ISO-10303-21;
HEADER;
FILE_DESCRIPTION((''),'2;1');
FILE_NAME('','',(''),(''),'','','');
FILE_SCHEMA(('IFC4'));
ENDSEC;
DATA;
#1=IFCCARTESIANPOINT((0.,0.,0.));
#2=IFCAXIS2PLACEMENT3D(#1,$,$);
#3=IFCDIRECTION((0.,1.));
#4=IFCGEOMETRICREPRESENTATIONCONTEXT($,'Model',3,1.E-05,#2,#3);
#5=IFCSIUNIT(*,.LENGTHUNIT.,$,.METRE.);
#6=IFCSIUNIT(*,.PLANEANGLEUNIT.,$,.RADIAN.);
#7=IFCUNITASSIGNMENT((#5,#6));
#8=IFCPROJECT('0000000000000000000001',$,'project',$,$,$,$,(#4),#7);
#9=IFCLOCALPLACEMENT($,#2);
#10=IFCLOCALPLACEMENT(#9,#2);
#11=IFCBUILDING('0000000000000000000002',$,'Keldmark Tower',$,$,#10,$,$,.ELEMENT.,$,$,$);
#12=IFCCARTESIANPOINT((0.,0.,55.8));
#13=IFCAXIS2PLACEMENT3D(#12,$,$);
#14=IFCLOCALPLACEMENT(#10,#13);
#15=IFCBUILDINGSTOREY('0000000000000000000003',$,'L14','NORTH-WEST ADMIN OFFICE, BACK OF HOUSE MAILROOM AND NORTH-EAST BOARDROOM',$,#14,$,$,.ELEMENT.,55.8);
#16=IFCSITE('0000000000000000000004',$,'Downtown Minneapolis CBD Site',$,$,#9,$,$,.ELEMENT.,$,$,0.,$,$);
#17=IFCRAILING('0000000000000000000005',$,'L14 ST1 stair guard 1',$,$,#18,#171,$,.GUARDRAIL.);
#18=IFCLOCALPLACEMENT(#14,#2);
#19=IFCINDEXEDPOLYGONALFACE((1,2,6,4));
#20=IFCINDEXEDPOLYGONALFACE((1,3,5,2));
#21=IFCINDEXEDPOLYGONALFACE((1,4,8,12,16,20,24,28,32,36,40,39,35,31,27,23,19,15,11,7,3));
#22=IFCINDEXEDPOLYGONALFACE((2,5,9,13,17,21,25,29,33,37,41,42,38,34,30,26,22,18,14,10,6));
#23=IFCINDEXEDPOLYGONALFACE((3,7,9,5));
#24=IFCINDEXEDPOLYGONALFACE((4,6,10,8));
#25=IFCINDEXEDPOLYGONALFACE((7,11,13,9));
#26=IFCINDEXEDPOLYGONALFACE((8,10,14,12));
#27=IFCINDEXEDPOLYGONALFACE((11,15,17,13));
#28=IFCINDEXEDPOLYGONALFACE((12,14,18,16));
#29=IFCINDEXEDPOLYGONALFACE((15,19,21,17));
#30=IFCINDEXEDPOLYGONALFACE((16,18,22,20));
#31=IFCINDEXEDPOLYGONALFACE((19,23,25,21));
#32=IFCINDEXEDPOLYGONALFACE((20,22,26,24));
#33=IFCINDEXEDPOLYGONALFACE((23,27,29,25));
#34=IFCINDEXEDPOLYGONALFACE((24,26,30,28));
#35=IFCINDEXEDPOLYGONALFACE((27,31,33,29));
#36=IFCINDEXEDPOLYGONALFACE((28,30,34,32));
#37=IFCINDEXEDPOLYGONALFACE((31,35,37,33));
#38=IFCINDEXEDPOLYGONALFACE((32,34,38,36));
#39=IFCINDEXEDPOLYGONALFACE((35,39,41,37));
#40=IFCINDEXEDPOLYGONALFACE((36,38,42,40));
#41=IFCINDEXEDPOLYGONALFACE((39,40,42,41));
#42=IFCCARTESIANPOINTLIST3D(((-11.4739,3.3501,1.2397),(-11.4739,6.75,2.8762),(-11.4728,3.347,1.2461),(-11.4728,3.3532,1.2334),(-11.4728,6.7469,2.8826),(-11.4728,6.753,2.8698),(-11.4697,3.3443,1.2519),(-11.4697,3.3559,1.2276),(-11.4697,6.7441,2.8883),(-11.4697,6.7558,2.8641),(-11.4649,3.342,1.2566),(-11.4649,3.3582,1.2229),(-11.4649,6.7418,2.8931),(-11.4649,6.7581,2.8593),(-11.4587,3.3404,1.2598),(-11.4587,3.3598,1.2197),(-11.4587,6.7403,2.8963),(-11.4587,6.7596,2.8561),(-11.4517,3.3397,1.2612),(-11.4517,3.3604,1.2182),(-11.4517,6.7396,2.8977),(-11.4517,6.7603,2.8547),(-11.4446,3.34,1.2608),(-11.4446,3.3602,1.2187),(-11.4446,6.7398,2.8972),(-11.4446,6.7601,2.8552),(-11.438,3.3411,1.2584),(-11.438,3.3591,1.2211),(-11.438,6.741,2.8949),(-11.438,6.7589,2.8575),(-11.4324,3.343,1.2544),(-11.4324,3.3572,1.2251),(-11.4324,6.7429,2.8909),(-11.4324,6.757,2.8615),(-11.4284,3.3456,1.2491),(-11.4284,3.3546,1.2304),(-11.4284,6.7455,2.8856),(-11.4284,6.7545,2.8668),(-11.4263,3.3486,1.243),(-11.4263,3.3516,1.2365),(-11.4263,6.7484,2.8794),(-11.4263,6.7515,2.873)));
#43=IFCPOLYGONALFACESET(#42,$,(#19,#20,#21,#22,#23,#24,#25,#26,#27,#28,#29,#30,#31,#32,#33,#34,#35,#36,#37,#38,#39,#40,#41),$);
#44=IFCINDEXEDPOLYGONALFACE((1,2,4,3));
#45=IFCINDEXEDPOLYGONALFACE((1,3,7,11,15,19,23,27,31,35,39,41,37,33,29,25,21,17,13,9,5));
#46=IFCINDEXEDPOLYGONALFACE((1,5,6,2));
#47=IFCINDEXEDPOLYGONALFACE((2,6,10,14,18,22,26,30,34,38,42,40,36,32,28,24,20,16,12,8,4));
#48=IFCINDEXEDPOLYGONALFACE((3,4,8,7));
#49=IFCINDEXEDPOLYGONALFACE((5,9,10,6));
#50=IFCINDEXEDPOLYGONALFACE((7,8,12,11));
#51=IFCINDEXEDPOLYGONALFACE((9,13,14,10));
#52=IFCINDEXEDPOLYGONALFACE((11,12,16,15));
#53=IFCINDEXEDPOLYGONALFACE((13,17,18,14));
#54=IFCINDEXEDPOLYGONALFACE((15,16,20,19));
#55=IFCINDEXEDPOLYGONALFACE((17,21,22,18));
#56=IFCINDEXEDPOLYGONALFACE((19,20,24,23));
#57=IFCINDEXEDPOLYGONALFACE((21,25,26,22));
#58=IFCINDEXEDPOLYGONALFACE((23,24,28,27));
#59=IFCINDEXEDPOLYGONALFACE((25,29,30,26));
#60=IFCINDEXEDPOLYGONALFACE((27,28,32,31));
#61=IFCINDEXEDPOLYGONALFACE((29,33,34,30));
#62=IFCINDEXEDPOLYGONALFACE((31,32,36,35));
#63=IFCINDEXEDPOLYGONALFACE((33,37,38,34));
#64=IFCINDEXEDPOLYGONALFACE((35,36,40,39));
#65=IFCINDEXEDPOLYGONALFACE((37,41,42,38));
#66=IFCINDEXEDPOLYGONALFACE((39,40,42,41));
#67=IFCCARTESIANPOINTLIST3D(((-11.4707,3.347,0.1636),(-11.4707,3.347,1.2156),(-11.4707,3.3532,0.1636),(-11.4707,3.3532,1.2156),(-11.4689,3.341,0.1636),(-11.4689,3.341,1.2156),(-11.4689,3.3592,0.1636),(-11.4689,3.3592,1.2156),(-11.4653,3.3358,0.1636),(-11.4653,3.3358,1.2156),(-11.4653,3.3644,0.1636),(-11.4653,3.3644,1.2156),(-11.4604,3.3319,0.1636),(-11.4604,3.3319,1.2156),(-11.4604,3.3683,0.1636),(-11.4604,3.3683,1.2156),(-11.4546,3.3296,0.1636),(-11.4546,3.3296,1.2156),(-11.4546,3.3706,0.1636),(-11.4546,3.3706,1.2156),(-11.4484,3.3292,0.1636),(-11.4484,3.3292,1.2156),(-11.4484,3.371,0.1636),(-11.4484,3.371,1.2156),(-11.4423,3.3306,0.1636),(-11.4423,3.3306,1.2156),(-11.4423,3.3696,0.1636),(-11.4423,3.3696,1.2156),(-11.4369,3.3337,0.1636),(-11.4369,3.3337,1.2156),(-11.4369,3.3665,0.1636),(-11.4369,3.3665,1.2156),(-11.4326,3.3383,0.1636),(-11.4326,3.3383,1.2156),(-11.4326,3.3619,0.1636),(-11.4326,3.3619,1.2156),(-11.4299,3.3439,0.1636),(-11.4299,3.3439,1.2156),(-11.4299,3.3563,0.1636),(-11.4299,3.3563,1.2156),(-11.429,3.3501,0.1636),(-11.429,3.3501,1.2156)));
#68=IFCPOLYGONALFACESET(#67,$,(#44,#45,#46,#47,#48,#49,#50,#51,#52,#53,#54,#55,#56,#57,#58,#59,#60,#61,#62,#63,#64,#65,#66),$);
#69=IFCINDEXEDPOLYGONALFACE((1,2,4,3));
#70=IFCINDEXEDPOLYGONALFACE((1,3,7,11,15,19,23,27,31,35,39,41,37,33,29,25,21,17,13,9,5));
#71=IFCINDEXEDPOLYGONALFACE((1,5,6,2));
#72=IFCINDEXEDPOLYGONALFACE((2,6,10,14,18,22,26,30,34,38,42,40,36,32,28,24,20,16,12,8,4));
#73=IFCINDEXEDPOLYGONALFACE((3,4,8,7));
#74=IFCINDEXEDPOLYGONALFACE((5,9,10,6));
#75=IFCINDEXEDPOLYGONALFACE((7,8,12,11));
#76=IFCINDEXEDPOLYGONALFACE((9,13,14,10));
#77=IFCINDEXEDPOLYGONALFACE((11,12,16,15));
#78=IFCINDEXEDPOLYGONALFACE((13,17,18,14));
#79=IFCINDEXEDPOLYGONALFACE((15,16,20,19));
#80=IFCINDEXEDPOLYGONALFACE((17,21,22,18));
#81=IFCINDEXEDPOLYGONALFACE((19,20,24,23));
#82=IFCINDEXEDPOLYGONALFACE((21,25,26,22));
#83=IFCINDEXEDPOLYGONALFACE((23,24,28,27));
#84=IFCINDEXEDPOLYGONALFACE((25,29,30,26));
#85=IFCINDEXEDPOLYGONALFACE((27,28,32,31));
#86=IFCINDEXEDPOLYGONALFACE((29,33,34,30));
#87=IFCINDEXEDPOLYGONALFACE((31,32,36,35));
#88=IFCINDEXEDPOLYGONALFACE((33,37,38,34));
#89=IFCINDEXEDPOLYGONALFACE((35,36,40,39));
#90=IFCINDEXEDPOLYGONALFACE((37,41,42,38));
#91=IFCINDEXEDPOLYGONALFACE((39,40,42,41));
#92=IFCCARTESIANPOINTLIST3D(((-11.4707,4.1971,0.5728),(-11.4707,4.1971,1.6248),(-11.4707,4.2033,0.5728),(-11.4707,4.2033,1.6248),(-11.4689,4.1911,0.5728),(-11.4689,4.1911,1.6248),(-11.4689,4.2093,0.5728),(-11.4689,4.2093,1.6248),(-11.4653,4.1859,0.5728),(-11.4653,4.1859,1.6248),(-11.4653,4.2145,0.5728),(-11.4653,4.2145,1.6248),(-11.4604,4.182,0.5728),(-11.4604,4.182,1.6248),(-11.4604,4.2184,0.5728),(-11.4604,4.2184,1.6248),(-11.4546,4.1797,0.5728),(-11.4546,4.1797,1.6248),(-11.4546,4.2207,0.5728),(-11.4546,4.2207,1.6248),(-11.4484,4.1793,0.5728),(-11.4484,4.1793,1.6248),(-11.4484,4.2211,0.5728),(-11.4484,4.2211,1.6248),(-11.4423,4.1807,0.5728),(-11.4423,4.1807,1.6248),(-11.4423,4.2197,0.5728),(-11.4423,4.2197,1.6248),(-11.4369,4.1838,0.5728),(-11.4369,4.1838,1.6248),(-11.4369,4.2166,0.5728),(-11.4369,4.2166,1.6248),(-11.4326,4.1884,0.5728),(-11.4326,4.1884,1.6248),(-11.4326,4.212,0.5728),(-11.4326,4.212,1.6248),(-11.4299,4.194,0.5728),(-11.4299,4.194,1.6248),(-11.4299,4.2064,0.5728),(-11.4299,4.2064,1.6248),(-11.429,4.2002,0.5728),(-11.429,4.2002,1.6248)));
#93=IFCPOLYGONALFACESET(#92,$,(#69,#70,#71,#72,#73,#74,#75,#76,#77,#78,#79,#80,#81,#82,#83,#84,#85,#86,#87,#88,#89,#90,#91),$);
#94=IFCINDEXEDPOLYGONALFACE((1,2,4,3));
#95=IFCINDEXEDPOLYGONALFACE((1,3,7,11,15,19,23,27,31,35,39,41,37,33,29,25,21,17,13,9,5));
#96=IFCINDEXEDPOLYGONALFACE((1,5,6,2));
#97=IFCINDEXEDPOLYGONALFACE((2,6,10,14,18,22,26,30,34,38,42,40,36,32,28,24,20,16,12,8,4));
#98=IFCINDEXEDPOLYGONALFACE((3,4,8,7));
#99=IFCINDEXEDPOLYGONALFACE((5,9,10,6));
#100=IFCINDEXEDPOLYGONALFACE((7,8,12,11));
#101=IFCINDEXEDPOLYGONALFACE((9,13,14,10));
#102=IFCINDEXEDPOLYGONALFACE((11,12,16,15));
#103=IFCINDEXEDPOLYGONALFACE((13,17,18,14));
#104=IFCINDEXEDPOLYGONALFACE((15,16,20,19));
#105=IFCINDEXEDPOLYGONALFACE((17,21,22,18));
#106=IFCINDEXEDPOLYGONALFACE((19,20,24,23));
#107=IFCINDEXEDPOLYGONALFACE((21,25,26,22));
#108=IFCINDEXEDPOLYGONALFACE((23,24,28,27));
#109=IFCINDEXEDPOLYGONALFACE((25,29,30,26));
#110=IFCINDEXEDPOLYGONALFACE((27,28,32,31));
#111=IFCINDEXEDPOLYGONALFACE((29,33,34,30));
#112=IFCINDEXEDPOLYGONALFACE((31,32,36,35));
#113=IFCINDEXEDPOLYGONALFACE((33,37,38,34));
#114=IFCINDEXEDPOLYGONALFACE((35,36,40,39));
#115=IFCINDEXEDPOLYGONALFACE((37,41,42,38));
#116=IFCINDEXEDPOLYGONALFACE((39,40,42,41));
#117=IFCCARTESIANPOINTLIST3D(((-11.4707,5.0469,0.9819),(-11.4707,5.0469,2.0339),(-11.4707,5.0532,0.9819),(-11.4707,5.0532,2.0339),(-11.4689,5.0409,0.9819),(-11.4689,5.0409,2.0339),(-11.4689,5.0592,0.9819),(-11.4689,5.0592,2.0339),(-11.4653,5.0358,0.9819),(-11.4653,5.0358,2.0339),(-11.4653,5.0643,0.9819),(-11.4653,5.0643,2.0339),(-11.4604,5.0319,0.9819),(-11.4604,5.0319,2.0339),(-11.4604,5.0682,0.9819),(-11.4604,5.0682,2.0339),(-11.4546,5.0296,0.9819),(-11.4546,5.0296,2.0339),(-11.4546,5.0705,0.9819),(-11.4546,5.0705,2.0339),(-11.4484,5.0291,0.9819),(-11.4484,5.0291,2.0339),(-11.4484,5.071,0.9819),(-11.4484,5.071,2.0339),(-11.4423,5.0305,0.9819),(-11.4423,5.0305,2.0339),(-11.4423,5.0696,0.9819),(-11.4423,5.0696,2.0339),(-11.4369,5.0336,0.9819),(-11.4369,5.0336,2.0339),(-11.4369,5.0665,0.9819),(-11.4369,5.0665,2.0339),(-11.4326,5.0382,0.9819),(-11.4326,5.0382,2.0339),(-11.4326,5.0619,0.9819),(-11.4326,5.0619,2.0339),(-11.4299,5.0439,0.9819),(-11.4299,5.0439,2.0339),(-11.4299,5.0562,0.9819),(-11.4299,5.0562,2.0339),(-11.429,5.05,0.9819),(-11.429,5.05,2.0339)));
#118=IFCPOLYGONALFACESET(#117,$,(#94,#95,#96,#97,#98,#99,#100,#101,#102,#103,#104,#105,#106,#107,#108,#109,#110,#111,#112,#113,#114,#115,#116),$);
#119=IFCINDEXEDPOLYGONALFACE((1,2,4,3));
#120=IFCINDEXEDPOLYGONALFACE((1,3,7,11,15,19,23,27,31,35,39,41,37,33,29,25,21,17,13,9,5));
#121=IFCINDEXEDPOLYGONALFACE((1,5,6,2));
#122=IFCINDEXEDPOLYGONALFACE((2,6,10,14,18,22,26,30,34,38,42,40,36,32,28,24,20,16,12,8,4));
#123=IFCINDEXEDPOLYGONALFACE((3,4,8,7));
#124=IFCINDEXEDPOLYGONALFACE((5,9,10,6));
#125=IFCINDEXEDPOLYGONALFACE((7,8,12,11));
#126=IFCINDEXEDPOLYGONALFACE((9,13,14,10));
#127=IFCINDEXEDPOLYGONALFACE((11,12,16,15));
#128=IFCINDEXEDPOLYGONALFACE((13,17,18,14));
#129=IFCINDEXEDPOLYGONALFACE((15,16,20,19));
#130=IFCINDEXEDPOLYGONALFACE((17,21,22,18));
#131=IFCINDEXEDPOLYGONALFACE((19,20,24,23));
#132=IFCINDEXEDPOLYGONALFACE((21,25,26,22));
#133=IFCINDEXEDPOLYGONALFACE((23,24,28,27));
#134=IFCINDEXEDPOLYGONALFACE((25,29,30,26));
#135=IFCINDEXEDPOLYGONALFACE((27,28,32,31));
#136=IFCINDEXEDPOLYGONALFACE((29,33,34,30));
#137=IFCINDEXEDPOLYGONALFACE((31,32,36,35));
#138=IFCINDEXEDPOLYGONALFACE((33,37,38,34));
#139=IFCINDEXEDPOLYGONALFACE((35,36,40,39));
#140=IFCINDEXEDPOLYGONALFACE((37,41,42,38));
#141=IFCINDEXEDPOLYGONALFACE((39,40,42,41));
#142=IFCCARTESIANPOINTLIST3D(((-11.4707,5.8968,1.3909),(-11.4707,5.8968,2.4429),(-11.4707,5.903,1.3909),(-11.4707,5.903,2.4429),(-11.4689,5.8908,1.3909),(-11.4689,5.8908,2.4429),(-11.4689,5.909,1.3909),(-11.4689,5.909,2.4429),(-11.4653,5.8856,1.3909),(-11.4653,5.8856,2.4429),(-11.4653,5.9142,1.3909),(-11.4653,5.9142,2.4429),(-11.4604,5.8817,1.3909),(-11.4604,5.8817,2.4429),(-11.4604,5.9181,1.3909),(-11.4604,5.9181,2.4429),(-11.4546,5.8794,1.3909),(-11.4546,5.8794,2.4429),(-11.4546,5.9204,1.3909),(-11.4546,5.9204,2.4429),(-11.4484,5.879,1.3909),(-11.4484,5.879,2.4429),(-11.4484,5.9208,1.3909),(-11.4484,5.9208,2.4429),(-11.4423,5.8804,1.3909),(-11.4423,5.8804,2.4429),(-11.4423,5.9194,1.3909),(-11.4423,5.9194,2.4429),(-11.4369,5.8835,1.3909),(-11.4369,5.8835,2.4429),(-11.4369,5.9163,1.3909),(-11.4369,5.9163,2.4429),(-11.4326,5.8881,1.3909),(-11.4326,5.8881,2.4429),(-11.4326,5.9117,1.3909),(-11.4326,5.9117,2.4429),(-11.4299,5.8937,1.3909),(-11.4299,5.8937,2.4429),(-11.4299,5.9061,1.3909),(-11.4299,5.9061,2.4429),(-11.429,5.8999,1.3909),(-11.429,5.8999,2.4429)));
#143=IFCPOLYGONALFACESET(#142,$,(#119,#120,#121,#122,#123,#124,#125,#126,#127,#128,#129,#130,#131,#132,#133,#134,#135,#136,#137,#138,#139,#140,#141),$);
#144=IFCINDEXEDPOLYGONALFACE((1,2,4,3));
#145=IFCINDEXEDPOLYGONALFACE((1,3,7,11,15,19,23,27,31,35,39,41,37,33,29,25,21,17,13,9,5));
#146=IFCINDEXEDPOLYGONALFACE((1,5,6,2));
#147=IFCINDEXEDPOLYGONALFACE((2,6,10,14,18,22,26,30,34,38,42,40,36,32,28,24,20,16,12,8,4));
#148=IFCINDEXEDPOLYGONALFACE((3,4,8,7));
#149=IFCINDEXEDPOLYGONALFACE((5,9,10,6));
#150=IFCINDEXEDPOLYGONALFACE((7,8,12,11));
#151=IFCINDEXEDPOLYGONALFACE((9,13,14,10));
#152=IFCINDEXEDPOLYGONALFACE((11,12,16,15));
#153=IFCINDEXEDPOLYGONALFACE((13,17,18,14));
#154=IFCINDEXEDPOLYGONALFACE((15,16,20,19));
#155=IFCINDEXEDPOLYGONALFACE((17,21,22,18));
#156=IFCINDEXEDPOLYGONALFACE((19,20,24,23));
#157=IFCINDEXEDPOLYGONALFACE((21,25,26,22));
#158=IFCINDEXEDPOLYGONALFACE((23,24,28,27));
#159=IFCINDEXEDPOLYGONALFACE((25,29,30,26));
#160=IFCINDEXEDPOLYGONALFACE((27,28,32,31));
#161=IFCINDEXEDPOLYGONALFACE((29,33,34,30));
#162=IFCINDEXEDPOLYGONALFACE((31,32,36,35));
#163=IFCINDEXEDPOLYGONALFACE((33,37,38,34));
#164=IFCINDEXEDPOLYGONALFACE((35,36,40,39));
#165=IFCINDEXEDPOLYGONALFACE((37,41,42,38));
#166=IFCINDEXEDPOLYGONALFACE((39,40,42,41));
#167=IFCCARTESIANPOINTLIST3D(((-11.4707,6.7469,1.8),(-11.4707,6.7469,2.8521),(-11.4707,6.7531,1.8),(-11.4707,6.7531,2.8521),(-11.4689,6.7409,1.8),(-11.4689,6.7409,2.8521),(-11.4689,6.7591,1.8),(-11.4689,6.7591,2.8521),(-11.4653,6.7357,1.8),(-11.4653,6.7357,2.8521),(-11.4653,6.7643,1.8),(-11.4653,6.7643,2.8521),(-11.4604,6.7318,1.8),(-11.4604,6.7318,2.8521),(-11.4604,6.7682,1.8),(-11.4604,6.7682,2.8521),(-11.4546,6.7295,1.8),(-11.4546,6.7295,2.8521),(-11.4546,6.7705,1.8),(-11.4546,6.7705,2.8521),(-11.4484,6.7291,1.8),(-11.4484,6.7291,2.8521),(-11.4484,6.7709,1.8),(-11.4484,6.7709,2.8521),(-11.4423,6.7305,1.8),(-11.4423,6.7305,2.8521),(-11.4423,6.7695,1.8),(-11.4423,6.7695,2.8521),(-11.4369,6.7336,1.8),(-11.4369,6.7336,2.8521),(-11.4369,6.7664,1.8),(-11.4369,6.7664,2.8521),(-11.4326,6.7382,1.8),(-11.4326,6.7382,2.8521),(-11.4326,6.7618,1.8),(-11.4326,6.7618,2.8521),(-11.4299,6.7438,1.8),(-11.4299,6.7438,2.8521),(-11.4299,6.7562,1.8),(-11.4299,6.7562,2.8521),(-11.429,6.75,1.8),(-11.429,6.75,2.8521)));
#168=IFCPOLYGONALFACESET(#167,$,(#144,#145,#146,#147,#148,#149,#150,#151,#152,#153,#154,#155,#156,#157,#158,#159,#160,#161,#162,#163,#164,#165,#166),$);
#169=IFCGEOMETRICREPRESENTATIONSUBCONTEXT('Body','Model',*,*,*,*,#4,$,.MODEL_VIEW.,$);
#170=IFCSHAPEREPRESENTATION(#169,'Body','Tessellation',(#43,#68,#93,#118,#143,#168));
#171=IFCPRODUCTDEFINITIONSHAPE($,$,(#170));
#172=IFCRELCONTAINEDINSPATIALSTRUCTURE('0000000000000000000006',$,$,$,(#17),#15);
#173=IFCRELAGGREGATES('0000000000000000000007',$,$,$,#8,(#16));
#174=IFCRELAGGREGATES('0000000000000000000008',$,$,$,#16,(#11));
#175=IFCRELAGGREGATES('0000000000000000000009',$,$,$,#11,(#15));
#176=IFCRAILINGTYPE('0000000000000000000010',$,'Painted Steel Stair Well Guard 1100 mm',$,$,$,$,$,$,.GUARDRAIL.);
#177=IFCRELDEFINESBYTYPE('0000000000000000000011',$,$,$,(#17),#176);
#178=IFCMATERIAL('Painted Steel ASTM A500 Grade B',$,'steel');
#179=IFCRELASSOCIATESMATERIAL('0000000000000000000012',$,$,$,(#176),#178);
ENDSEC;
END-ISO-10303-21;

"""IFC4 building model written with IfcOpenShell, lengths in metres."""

from ifc_helpers import new_model, si_unit, direction, frame, origin, origin_2d, place, context, subcontext, project, spatial, circle, extrude, material, type_object, element, save


model = new_model("IFC4")

# Units and contexts
model_context = context("Model", 3, precision=1e-05, world=origin(), true_north=direction((0.0, 1.0)))
body_context = subcontext(model_context, "Body", "Model", "MODEL_VIEW")
ifc_project = project(units=[si_unit("LENGTHUNIT", "METRE"), si_unit("PLANEANGLEUNIT", "RADIAN")], contexts=[model_context])

# Site, building, storey
site_placement = place(None, origin())
site = spatial("IfcSite", under=ifc_project, at=site_placement, Name="Downtown Minneapolis CBD Site", CompositionType="ELEMENT", RefElevation=0.0)
building_placement = place(site_placement, origin())
building = spatial("IfcBuilding", under=site, at=building_placement, Name="Keldmark Tower", CompositionType="ELEMENT")
storey_placement = place(building_placement, frame((0.0, 0.0, 55.8)))
storey = spatial("IfcBuildingStorey", under=building, at=storey_placement, Name="L14", Description="NORTH-WEST ADMIN OFFICE, BACK OF HOUSE MAILROOM AND NORTH-EAST BOARDROOM", CompositionType="ELEMENT", Elevation=55.8)

# Railing
ifc_material_1 = material(Name="Painted Steel ASTM A500 Grade B", Category="steel")
railing_type_1 = type_object("IfcRailingType", Name="Painted Steel Stair Well Guard 1100 mm", PredefinedType="GUARDRAIL", material=ifc_material_1)
railing_1_placement = place(storey_placement, frame((-11.45, 3.3501, 0.1636)))
element("IfcRailing", 1, at=railing_1_placement, inside=storey, type_object=railing_type_1, Name="L14 ST1 stair guard 1", PredefinedType="GUARDRAIL", context=body_context, shape_type="SweptSolid", body=[
    extrude(circle(Radius=0.0239, at=origin_2d()), frame((0.0, 0.0, 1.0762), z_axis=(0.0, 0.901055, 0.433705), x_axis=(-1.0, 0.0, 0.0)), (0.0, 0.0, 1.0), 3.7732),
    extrude(circle(Radius=0.021, at=origin_2d()), origin(), (0.0, 0.0, 1.0), 1.052),
    extrude(circle(Radius=0.021, at=origin_2d()), frame((0.0, 0.8501, 0.4092)), (0.0, 0.0, 1.0), 1.052),
    extrude(circle(Radius=0.021, at=origin_2d()), frame((0.0, 1.7, 0.8184)), (0.0, 0.0, 1.0), 1.052),
    extrude(circle(Radius=0.021, at=origin_2d()), frame((0.0, 2.5498, 1.2273)), (0.0, 0.0, 1.0), 1.052),
    extrude(circle(Radius=0.021, at=origin_2d()), frame((0.0, 3.3999, 1.6365)), (0.0, 0.0, 1.0), 1.052),
])

save(model, "model.ifc")
